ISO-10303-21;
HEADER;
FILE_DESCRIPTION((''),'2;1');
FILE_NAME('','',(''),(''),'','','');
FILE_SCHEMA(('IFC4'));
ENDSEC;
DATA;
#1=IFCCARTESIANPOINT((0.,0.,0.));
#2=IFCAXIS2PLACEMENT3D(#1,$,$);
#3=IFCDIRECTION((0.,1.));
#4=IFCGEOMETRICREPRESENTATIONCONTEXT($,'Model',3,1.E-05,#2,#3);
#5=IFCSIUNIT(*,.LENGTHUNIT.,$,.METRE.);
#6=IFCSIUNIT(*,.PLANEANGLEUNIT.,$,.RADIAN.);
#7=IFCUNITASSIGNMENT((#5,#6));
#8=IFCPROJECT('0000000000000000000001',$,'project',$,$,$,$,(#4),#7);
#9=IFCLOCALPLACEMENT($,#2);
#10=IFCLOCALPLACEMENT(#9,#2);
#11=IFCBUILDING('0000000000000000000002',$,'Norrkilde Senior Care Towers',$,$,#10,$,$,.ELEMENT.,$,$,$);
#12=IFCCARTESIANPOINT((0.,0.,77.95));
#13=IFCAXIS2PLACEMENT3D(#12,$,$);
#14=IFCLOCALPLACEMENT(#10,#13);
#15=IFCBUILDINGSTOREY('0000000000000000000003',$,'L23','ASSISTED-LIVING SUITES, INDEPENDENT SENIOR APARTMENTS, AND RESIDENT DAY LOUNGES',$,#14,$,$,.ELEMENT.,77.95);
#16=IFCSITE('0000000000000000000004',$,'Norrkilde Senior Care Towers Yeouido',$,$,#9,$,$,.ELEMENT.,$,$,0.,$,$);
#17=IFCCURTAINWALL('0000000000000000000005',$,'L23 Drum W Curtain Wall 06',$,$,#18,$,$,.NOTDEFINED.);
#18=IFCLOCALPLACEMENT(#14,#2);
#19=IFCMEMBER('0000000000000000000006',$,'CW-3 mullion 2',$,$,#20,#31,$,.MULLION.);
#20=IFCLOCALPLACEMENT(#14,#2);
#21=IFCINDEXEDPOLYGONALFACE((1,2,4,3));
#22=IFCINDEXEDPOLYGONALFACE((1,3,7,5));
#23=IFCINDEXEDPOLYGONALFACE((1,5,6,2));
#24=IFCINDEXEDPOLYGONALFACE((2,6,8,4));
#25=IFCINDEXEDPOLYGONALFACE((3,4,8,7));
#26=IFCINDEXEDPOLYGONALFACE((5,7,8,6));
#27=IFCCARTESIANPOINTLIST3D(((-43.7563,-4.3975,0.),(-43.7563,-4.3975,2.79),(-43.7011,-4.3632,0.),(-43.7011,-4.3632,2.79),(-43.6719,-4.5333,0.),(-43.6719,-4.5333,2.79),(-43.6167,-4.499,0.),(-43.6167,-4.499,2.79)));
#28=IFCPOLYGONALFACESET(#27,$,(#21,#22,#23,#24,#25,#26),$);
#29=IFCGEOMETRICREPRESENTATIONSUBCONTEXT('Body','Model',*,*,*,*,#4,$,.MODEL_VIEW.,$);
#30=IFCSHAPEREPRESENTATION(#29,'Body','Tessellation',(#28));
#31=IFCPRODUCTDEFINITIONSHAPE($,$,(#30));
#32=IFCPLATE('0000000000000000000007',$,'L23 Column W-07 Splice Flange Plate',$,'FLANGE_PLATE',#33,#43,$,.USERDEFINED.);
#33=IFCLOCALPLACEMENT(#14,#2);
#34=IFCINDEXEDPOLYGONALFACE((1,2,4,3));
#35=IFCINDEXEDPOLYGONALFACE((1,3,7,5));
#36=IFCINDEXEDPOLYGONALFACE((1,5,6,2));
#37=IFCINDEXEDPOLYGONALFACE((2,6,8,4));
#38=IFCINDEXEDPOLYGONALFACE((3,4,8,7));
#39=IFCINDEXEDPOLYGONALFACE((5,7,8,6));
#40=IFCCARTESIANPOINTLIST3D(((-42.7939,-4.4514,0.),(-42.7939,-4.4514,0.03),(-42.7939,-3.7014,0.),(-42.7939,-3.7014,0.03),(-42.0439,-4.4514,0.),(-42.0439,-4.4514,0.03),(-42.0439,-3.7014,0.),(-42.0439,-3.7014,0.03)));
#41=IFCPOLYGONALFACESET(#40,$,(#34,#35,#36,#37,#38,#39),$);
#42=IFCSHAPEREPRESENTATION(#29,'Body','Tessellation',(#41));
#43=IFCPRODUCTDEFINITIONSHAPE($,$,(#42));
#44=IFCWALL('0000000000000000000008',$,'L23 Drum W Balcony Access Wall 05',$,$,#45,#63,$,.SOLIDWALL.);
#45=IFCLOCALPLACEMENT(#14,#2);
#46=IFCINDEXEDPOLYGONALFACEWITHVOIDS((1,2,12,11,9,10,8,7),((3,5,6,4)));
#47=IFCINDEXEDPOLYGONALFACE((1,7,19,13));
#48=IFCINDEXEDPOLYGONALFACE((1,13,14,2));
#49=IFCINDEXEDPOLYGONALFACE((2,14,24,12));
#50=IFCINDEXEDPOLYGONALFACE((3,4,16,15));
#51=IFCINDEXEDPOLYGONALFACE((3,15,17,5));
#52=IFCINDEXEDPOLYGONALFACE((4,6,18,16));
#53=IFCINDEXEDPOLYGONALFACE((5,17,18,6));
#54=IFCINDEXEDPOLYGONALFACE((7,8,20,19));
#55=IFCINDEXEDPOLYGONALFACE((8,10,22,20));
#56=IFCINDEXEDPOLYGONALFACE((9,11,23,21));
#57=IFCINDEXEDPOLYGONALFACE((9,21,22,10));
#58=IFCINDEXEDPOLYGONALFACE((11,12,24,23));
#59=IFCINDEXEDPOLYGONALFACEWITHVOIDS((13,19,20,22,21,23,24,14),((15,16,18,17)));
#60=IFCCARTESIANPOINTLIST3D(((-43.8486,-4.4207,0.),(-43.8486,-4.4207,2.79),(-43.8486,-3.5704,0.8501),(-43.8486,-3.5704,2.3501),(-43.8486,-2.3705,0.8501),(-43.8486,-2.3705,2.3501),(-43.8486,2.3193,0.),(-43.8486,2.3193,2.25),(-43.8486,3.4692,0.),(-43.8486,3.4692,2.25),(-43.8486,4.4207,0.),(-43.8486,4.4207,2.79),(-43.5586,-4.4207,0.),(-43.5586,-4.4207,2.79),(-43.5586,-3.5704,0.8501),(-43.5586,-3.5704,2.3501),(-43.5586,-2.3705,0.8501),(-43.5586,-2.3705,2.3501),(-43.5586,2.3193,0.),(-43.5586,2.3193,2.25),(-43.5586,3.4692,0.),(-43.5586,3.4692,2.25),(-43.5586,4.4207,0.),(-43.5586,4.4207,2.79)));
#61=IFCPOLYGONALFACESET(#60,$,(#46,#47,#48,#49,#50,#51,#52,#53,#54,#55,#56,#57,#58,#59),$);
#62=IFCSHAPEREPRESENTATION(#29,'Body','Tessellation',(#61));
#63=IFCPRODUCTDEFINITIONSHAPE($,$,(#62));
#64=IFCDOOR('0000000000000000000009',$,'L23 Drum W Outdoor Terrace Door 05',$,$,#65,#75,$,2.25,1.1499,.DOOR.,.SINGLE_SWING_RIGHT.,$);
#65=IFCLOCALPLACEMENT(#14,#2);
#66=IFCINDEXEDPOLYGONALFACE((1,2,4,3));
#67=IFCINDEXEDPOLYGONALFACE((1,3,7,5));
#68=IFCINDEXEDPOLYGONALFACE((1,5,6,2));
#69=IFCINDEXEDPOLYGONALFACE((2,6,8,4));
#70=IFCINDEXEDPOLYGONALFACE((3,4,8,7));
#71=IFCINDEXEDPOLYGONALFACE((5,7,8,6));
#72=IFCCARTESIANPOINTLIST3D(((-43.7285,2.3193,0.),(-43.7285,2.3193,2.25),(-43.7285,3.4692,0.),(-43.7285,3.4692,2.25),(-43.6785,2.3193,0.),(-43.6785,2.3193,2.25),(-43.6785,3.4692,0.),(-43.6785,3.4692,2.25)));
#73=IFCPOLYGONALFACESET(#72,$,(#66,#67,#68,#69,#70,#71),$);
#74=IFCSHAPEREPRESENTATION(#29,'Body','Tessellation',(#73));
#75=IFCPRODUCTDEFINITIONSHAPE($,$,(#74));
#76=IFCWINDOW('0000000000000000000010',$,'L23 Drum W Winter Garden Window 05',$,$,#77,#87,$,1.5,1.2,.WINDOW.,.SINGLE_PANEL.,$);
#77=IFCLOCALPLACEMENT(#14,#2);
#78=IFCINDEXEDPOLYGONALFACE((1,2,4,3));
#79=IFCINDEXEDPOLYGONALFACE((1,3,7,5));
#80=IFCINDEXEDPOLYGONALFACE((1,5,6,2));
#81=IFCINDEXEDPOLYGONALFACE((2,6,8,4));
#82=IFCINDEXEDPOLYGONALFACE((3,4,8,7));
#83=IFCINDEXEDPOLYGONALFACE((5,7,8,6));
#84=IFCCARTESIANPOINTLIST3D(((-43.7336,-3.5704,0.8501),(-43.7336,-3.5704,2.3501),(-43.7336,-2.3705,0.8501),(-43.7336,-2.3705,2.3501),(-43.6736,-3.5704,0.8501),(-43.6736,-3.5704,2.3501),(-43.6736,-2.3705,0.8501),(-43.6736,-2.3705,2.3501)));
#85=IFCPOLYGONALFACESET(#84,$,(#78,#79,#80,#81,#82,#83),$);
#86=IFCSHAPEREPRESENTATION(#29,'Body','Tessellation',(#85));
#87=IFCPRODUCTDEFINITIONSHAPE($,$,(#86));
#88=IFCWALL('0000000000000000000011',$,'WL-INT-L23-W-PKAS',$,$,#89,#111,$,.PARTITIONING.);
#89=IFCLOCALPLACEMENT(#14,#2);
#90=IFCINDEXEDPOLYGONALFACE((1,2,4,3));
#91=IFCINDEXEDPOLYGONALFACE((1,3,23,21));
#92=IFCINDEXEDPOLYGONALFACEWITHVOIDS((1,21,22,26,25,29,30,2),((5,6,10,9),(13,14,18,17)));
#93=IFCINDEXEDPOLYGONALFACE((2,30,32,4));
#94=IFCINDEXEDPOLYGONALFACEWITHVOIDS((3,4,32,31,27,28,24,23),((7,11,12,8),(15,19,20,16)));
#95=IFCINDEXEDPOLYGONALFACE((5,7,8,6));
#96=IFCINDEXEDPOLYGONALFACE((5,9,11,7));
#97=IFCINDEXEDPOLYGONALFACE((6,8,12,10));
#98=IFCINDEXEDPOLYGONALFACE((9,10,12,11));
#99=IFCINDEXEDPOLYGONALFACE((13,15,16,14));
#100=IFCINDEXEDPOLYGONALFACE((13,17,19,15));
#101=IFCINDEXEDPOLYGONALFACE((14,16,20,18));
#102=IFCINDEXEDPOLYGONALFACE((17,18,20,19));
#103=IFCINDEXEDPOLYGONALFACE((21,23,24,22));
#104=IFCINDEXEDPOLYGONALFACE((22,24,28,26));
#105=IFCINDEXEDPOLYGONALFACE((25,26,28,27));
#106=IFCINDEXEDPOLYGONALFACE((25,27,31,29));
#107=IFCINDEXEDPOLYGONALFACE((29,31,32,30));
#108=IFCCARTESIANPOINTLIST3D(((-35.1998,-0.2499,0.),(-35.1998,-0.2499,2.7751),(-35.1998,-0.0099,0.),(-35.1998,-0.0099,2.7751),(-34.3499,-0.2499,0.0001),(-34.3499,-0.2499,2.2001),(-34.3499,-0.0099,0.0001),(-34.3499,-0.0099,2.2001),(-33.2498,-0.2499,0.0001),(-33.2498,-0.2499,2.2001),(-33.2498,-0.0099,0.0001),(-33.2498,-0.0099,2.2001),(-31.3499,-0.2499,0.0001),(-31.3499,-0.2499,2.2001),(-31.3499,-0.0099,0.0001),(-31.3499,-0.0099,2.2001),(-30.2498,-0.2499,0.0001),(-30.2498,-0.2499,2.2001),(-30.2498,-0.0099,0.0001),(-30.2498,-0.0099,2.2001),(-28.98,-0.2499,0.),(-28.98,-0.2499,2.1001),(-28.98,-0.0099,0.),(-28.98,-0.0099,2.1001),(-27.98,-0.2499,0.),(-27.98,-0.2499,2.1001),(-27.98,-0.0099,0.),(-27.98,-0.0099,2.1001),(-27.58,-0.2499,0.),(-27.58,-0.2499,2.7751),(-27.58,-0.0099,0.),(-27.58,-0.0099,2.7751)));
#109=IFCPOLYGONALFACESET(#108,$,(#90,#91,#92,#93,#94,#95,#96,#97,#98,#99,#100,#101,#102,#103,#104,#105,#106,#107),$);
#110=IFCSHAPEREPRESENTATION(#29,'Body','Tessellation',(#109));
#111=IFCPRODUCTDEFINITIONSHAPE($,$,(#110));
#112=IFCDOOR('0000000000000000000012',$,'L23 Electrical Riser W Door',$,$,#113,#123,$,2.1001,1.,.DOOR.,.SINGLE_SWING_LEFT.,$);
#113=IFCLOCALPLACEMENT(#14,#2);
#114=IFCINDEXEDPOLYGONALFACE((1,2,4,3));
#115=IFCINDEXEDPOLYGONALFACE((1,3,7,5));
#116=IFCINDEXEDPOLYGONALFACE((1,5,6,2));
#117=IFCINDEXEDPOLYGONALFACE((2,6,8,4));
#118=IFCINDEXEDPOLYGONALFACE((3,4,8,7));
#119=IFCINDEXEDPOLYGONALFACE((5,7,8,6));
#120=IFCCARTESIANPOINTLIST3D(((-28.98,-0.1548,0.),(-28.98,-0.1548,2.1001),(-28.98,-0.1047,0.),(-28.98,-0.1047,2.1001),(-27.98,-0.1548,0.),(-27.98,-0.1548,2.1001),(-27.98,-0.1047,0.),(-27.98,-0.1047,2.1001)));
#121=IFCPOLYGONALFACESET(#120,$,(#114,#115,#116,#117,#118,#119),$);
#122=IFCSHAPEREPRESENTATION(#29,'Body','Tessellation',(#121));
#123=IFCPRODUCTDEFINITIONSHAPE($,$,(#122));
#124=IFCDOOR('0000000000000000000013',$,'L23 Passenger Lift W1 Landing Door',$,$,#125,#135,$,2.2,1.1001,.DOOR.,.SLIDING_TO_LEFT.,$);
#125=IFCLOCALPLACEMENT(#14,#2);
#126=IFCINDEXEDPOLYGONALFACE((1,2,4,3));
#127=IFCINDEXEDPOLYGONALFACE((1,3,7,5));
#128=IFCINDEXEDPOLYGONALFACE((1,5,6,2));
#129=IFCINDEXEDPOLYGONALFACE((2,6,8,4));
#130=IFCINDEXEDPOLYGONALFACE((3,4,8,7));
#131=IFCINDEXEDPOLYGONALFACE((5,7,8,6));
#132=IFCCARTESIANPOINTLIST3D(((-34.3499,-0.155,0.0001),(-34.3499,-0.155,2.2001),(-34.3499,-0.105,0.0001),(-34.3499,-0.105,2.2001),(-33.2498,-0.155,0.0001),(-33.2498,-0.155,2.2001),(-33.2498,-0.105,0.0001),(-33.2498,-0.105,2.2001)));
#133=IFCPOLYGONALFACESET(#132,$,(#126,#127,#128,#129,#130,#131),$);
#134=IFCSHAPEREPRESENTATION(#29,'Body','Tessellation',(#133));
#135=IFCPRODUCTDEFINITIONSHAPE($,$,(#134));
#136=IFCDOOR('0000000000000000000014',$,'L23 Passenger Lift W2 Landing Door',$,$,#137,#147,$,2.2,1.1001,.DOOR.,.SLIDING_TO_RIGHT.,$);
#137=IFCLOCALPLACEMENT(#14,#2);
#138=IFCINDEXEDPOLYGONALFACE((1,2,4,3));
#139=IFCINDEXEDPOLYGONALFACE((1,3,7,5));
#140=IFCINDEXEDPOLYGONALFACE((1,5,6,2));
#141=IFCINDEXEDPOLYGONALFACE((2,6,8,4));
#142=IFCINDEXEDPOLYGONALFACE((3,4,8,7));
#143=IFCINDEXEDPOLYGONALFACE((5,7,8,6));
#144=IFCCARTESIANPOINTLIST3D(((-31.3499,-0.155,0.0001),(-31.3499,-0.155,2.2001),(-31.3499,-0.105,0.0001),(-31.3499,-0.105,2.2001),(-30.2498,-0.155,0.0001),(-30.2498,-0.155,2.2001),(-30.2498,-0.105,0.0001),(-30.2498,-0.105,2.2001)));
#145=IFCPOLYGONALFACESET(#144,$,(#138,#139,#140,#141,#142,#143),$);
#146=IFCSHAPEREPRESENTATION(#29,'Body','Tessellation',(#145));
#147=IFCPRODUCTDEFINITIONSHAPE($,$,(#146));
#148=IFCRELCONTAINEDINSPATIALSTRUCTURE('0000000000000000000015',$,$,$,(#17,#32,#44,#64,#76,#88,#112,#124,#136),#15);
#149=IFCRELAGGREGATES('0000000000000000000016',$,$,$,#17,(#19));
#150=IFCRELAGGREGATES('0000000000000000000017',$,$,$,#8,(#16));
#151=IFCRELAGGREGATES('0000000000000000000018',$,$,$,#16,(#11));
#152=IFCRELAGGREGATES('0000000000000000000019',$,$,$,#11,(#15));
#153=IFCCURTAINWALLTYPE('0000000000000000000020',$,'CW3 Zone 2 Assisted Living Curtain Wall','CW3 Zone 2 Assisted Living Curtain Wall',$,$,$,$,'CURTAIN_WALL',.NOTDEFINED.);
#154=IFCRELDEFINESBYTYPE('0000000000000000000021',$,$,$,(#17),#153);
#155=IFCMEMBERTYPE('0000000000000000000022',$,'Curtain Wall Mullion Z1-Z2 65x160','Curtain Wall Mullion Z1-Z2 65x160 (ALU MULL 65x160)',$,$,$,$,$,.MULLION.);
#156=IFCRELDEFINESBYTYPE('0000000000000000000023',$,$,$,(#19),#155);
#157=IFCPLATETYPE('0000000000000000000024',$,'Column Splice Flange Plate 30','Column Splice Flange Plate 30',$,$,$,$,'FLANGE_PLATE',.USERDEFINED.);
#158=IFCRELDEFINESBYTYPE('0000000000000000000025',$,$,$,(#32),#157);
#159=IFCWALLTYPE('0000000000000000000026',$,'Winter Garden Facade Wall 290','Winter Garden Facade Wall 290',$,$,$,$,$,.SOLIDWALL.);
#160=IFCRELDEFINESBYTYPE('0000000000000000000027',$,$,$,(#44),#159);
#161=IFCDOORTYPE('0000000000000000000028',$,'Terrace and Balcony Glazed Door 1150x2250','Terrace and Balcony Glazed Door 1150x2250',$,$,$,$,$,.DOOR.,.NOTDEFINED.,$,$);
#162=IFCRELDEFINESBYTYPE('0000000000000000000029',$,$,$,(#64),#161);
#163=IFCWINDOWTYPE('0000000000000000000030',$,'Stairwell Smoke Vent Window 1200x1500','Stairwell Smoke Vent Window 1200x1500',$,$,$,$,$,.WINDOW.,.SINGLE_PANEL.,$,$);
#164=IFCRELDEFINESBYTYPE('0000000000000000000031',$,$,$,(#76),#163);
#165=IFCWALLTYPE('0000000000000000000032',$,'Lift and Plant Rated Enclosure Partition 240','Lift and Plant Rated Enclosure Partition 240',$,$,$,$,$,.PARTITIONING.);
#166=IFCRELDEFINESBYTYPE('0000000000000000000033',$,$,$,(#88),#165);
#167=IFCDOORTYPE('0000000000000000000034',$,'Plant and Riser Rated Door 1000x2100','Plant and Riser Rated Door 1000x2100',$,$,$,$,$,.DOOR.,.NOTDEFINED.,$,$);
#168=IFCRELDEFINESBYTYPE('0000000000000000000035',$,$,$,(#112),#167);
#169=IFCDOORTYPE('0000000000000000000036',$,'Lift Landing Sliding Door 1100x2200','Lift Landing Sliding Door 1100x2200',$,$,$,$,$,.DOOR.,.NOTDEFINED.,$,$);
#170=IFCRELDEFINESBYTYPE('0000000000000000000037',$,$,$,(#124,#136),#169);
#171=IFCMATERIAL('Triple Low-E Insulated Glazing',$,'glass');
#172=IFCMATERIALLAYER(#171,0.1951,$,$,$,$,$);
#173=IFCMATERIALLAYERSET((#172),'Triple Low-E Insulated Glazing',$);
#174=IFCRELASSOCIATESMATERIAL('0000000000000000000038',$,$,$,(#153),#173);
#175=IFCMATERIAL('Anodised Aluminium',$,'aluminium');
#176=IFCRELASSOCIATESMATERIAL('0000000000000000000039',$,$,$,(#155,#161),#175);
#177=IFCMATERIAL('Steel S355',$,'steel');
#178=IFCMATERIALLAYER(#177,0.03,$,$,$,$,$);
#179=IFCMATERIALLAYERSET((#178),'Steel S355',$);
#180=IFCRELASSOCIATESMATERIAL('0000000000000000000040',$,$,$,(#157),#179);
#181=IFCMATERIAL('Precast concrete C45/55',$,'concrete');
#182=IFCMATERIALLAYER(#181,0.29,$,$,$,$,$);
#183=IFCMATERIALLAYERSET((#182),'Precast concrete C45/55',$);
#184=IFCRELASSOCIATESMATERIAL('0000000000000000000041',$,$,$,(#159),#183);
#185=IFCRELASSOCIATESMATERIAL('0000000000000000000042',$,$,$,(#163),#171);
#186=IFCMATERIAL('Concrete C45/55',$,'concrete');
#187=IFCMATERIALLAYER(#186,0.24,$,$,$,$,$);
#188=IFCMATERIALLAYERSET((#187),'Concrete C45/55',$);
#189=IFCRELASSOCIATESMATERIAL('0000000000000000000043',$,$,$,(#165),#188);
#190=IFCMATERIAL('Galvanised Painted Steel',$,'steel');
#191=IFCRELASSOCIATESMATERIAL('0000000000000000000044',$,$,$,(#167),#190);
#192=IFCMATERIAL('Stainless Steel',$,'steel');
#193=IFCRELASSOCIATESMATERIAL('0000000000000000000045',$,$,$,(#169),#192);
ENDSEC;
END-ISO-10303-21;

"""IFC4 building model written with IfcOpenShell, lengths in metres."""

from ifc_helpers import new_model, si_unit, direction, frame, frame_2d, origin, origin_2d, place, context, subcontext, project, spatial, rectangle, extrude, source, transform, mapped, material, layer, layer_set, material_profile, profile_set, type_object, type_shapes, element, fill, aggregate, save


model = new_model("IFC4")

# Units and contexts
model_context = context("Model", 3, precision=1e-05, world=origin(), true_north=direction((0.0, 1.0)))
body_context = subcontext(model_context, "Body", "Model", "MODEL_VIEW")
ifc_project = project(units=[si_unit("LENGTHUNIT", "METRE"), si_unit("PLANEANGLEUNIT", "RADIAN")], contexts=[model_context])

# Site, building, storey
site_placement = place(None, origin())
site = spatial("IfcSite", under=ifc_project, at=site_placement, Name="Norrkilde Senior Care Towers Yeouido", CompositionType="ELEMENT", RefElevation=0.0)
building_placement = place(site_placement, origin())
building = spatial("IfcBuilding", under=site, at=building_placement, Name="Norrkilde Senior Care Towers", CompositionType="ELEMENT")
storey_placement = place(building_placement, frame((0.0, 0.0, 77.95)))
storey = spatial("IfcBuildingStorey", under=building, at=storey_placement, Name="L23", Description="ASSISTED-LIVING SUITES, INDEPENDENT SENIOR APARTMENTS, AND RESIDENT DAY LOUNGES", CompositionType="ELEMENT", Elevation=77.95)

# Shared definitions
ifc_material_1 = material(Name="Steel S355", Category="steel")

# Curtain wall, member
ifc_material_2 = material(Name="Triple Low-E Insulated Glazing", Category="glass")
ifc_layer_1 = layer(ifc_material_2, 0.1951)
ifc_layer_set_1 = layer_set([ifc_layer_1], Name="Triple Low-E Insulated Glazing")
curtain_wall_type = type_object("IfcCurtainWallType", Name="CW3 Zone 2 Assisted Living Curtain Wall", Description="CW3 Zone 2 Assisted Living Curtain Wall", ElementType="CURTAIN_WALL", PredefinedType="NOTDEFINED", material=ifc_layer_set_1)
curtain_wall_placement = place(storey_placement, origin())
curtain_wall = element("IfcCurtainWall", 1, at=curtain_wall_placement, inside=storey, type_object=curtain_wall_type, Name="L23 Drum W Curtain Wall 06", PredefinedType="NOTDEFINED")
ifc_material_3 = material(Name="Anodised Aluminium", Category="aluminium")
ifc_material_profile_1 = material_profile(ifc_material_3, rectangle(XDim=0.0649, YDim=0.1599, at=origin_2d()), Name="ALU MULL 65x160")
ifc_profile_set_1 = profile_set([ifc_material_profile_1], Name="Anodised Aluminium")
member_type = type_object("IfcMemberType", Name="Curtain Wall Mullion Z1-Z2 65x160", Description="Curtain Wall Mullion Z1-Z2 65x160 (ALU MULL 65x160)", PredefinedType="MULLION", material=ifc_profile_set_1)
shared_shape_1 = source(origin(), body_context, "Body", "SweptSolid", [
    extrude(rectangle(XDim=0.0649, YDim=0.1599, at=origin_2d()), origin(), (0.0, 0.0, 1.0), 2.79),
])
type_shapes(member_type, [shared_shape_1])
member_placement = place(storey_placement, frame((-43.6865, -4.4482, 0.0), z_axis=(0.0, 0.0, 1.0), x_axis=(-0.84941, -0.527733, 0.0)))
member = element("IfcMember", 2, at=member_placement, type_object=member_type, Name="CW-3 mullion 2", PredefinedType="MULLION", context=body_context, shape_type="MappedRepresentation", body=[
    mapped(shared_shape_1, transform((0.0, 0.0, 0.0), x_axis=(1.0, 0.0, 0.0), y_axis=(0.0, 1.0, 0.0), z_axis=(0.0, 0.0, 1.0), scale=1.0)),
])
aggregate(curtain_wall, [member])

# Plate
ifc_layer_2 = layer(ifc_material_1, 0.03)
ifc_layer_set_2 = layer_set([ifc_layer_2], Name="Steel S355")
plate_type = type_object("IfcPlateType", Name="Column Splice Flange Plate 30", Description="Column Splice Flange Plate 30", ElementType="FLANGE_PLATE", PredefinedType="USERDEFINED", material=ifc_layer_set_2)
shared_shape_2 = source(origin(), body_context, "Body", "SweptSolid", [
    extrude(rectangle(XDim=0.75, YDim=0.75, at=origin_2d()), origin(), (0.0, 0.0, 1.0), 0.03),
])
type_shapes(plate_type, [shared_shape_2])
plate_placement = place(storey_placement, frame((-42.4189, -4.0764, 0.0), z_axis=(0.0, 0.0, 1.0), x_axis=(1.0, 0.0, 0.0)))
element("IfcPlate", 3, at=plate_placement, inside=storey, type_object=plate_type, Name="L23 Column W-07 Splice Flange Plate", ObjectType="FLANGE_PLATE", PredefinedType="USERDEFINED", context=body_context, shape_type="MappedRepresentation", body=[
    mapped(shared_shape_2, transform((0.0, 0.0, 0.0), x_axis=(1.0, 0.0, 0.0), y_axis=(0.0, 1.0, 0.0), z_axis=(0.0, 0.0, 1.0), scale=1.0)),
])

# Shared definitions
ifc_material_4 = material(Name="Galvanised Painted Steel", Category="steel")

# Wall, openings, door, window
ifc_material_5 = material(Name="Precast concrete C45/55", Category="concrete")
ifc_layer_3 = layer(ifc_material_5, 0.29)
ifc_layer_set_3 = layer_set([ifc_layer_3], Name="Precast concrete C45/55")
wall_type_1 = type_object("IfcWallType", Name="Winter Garden Facade Wall 290", Description="Winter Garden Facade Wall 290", PredefinedType="SOLIDWALL", material=ifc_layer_set_3)
shared_shape_3 = source(origin(), body_context, "Body", "SweptSolid", [
    extrude(rectangle(XDim=8.8413, YDim=0.29, at=frame_2d((4.4207, 0.0))), origin(), (0.0, 0.0, 1.0), 2.79),
])
type_shapes(wall_type_1, [shared_shape_3])
wall_1_placement = place(storey_placement, frame((-43.7036, -4.4207, 0.0), z_axis=(0.0, 0.0, 1.0), x_axis=(0.0, 1.0, 0.0)))
wall_1 = element("IfcWall", 4, at=wall_1_placement, inside=storey, type_object=wall_type_1, Name="L23 Drum W Balcony Access Wall 05", PredefinedType="SOLIDWALL", context=body_context, shape_type="MappedRepresentation", body=[
    mapped(shared_shape_3, transform((0.0, 0.0, 0.0), x_axis=(1.0, 0.0, 0.0), y_axis=(0.0, 1.0, 0.0), z_axis=(0.0, 0.0, 1.0), scale=1.0)),
])
opening_1_placement = place(wall_1_placement, frame((6.74, 0.0, 0.0)))
opening_1 = element("IfcOpeningElement", 5, at=opening_1_placement, cuts=wall_1, PredefinedType="OPENING", context=body_context, shape_type="SweptSolid", body=[
    extrude(rectangle(XDim=1.1499, YDim=2.25, at=frame_2d((0.575, 1.125))), frame((0.0, 0.155, 0.0), z_axis=(0.0, -1.0, 0.0), x_axis=(1.0, 0.0, 0.0)), (0.0, 0.0, 1.0), 0.3101),
])
opening_2_placement = place(wall_1_placement, frame((0.8501, 0.0, 0.8501)))
opening_2 = element("IfcOpeningElement", 6, at=opening_2_placement, cuts=wall_1, PredefinedType="OPENING", context=body_context, shape_type="SweptSolid", body=[
    extrude(rectangle(XDim=1.2, YDim=1.5, at=frame_2d((0.6001, 0.75))), frame((0.0, 0.155, 0.0), z_axis=(0.0, -1.0, 0.0), x_axis=(1.0, 0.0, 0.0)), (0.0, 0.0, 1.0), 0.3101),
])
door_type_1 = type_object("IfcDoorType", Name="Terrace and Balcony Glazed Door 1150x2250", Description="Terrace and Balcony Glazed Door 1150x2250", OperationType="NOTDEFINED", PredefinedType="DOOR", material=ifc_material_3)
shared_shape_4 = source(origin(), body_context, "Body", "SweptSolid", [
    extrude(rectangle(XDim=1.1499, YDim=2.25, at=frame_2d((0.575, 1.125))), frame((0.0, 0.0249, 0.0), z_axis=(0.0, -1.0, 0.0), x_axis=(1.0, 0.0, 0.0)), (0.0, 0.0, 1.0), 0.05),
])
type_shapes(door_type_1, [shared_shape_4])
door_1_placement = place(opening_1_placement, origin())
door_1 = element("IfcDoor", 7, at=door_1_placement, inside=storey, type_object=door_type_1, Name="L23 Drum W Outdoor Terrace Door 05", OperationType="SINGLE_SWING_RIGHT", OverallHeight=2.25, OverallWidth=1.1499, PredefinedType="DOOR", context=body_context, shape_type="MappedRepresentation", body=[
    mapped(shared_shape_4, transform((0.0, 0.0, 0.0), x_axis=(1.0, 0.0, 0.0), y_axis=(0.0, 1.0, 0.0), z_axis=(0.0, 0.0, 1.0), scale=1.0)),
])
fill(opening_1, door_1)
window_type = type_object("IfcWindowType", Name="Stairwell Smoke Vent Window 1200x1500", Description="Stairwell Smoke Vent Window 1200x1500", PartitioningType="SINGLE_PANEL", PredefinedType="WINDOW", material=ifc_material_2)
shared_shape_5 = source(origin(), body_context, "Body", "SweptSolid", [
    extrude(rectangle(XDim=1.2, YDim=1.5, at=frame_2d((0.6001, 0.75))), frame((0.0, 0.03, 0.0), z_axis=(0.0, -1.0, 0.0), x_axis=(1.0, 0.0, 0.0)), (0.0, 0.0, 1.0), 0.0601),
])
type_shapes(window_type, [shared_shape_5])
window_placement = place(opening_2_placement, origin())
window = element("IfcWindow", 8, at=window_placement, inside=storey, type_object=window_type, Name="L23 Drum W Winter Garden Window 05", OverallHeight=1.5, OverallWidth=1.2, PartitioningType="SINGLE_PANEL", PredefinedType="WINDOW", context=body_context, shape_type="MappedRepresentation", body=[
    mapped(shared_shape_5, transform((0.0, 0.0, 0.0), x_axis=(1.0, 0.0, 0.0), y_axis=(0.0, 1.0, 0.0), z_axis=(0.0, 0.0, 1.0), scale=1.0)),
])
fill(opening_2, window)

# Wall, openings, doors
ifc_material_6 = material(Name="Concrete C45/55", Category="concrete")
ifc_layer_4 = layer(ifc_material_6, 0.24)
ifc_layer_set_4 = layer_set([ifc_layer_4], Name="Concrete C45/55")
wall_type_2 = type_object("IfcWallType", Name="Lift and Plant Rated Enclosure Partition 240", Description="Lift and Plant Rated Enclosure Partition 240", PredefinedType="PARTITIONING", material=ifc_layer_set_4)
shared_shape_6 = source(origin(), body_context, "Body", "SweptSolid", [
    extrude(rectangle(XDim=7.6199, YDim=0.24, at=frame_2d((3.8101, 0.0))), origin(), (0.0, 0.0, 1.0), 2.7751),
])
type_shapes(wall_type_2, [shared_shape_6])
wall_2_placement = place(storey_placement, frame((-35.2, -0.1299, 0.0), z_axis=(0.0, 0.0, 1.0), x_axis=(1.0, 0.0, 0.0)))
wall_2 = element("IfcWall", 9, at=wall_2_placement, inside=storey, type_object=wall_type_2, Name="WL-INT-L23-W-PKAS", PredefinedType="PARTITIONING", context=body_context, shape_type="MappedRepresentation", body=[
    mapped(shared_shape_6, transform((0.0, 0.0, 0.0), x_axis=(1.0, 0.0, 0.0), y_axis=(0.0, 1.0, 0.0), z_axis=(0.0, 0.0, 1.0), scale=1.0)),
])
opening_3_placement = place(wall_2_placement, frame((6.22, 0.0, 0.0)))
opening_3 = element("IfcOpeningElement", 10, at=opening_3_placement, cuts=wall_2, PredefinedType="OPENING", context=body_context, shape_type="SweptSolid", body=[
    extrude(rectangle(XDim=1.0, YDim=2.1001, at=frame_2d((0.5, 1.05))), frame((0.0, 0.1299, 0.0), z_axis=(0.0, -1.0, 0.0), x_axis=(1.0, 0.0, 0.0)), (0.0, 0.0, 1.0), 0.26),
])
opening_4_placement = place(wall_2_placement, frame((0.8501, 0.0, 0.0)))
opening_4 = element("IfcOpeningElement", 11, at=opening_4_placement, cuts=wall_2, PredefinedType="OPENING", context=body_context, shape_type="SweptSolid", body=[
    extrude(rectangle(XDim=1.1001, YDim=2.2, at=frame_2d((0.55, 1.1001))), frame((0.0, 0.1299, 0.0), z_axis=(0.0, -1.0, 0.0), x_axis=(1.0, 0.0, 0.0)), (0.0, 0.0, 1.0), 0.26),
])
opening_5_placement = place(wall_2_placement, frame((3.8501, 0.0, 0.0)))
opening_5 = element("IfcOpeningElement", 12, at=opening_5_placement, cuts=wall_2, PredefinedType="OPENING", context=body_context, shape_type="SweptSolid", body=[
    extrude(rectangle(XDim=1.1001, YDim=2.2, at=frame_2d((0.55, 1.1001))), frame((0.0, 0.1299, 0.0), z_axis=(0.0, -1.0, 0.0), x_axis=(1.0, 0.0, 0.0)), (0.0, 0.0, 1.0), 0.26),
])
door_type_2 = type_object("IfcDoorType", Name="Plant and Riser Rated Door 1000x2100", Description="Plant and Riser Rated Door 1000x2100", OperationType="NOTDEFINED", PredefinedType="DOOR", material=ifc_material_4)
shared_shape_7 = source(origin(), body_context, "Body", "SweptSolid", [
    extrude(rectangle(XDim=1.0, YDim=2.1001, at=frame_2d((0.5, 1.05))), frame((0.0, 0.0249, 0.0), z_axis=(0.0, -1.0, 0.0), x_axis=(1.0, 0.0, 0.0)), (0.0, 0.0, 1.0), 0.05),
])
type_shapes(door_type_2, [shared_shape_7])
door_2_placement = place(opening_3_placement, frame((1.0, 0.0, 0.0), z_axis=(0.0, 0.0, 1.0), x_axis=(-1.0, 0.0, 0.0)))
door_2 = element("IfcDoor", 13, at=door_2_placement, inside=storey, type_object=door_type_2, Name="L23 Electrical Riser W Door", OperationType="SINGLE_SWING_LEFT", OverallHeight=2.1001, OverallWidth=1.0, PredefinedType="DOOR", context=body_context, shape_type="MappedRepresentation", body=[
    mapped(shared_shape_7, transform((0.0, 0.0, 0.0), x_axis=(1.0, 0.0, 0.0), y_axis=(0.0, 1.0, 0.0), z_axis=(0.0, 0.0, 1.0), scale=1.0)),
])
fill(opening_3, door_2)
ifc_material_7 = material(Name="Stainless Steel", Category="steel")
door_type_3 = type_object("IfcDoorType", Name="Lift Landing Sliding Door 1100x2200", Description="Lift Landing Sliding Door 1100x2200", OperationType="NOTDEFINED", PredefinedType="DOOR", material=ifc_material_7)
shared_shape_8 = source(origin(), body_context, "Body", "SweptSolid", [
    extrude(rectangle(XDim=1.1001, YDim=2.2, at=frame_2d((0.55, 1.1001))), frame((0.0, 0.0249, 0.0), z_axis=(0.0, -1.0, 0.0), x_axis=(1.0, 0.0, 0.0)), (0.0, 0.0, 1.0), 0.05),
])
type_shapes(door_type_3, [shared_shape_8])
door_3_placement = place(opening_4_placement, origin())
door_3 = element("IfcDoor", 14, at=door_3_placement, inside=storey, type_object=door_type_3, Name="L23 Passenger Lift W1 Landing Door", OperationType="SLIDING_TO_LEFT", OverallHeight=2.2, OverallWidth=1.1001, PredefinedType="DOOR", context=body_context, shape_type="MappedRepresentation", body=[
    mapped(shared_shape_8, transform((0.0, 0.0, 0.0), x_axis=(1.0, 0.0, 0.0), y_axis=(0.0, 1.0, 0.0), z_axis=(0.0, 0.0, 1.0), scale=1.0)),
])
fill(opening_4, door_3)
door_4_placement = place(opening_5_placement, origin())
door_4 = element("IfcDoor", 15, at=door_4_placement, inside=storey, type_object=door_type_3, Name="L23 Passenger Lift W2 Landing Door", OperationType="SLIDING_TO_RIGHT", OverallHeight=2.2, OverallWidth=1.1001, PredefinedType="DOOR", context=body_context, shape_type="MappedRepresentation", body=[
    mapped(shared_shape_8, transform((0.0, 0.0, 0.0), x_axis=(1.0, 0.0, 0.0), y_axis=(0.0, 1.0, 0.0), z_axis=(0.0, 0.0, 1.0), scale=1.0)),
])
fill(opening_5, door_4)

save(model, "model.ifc")
